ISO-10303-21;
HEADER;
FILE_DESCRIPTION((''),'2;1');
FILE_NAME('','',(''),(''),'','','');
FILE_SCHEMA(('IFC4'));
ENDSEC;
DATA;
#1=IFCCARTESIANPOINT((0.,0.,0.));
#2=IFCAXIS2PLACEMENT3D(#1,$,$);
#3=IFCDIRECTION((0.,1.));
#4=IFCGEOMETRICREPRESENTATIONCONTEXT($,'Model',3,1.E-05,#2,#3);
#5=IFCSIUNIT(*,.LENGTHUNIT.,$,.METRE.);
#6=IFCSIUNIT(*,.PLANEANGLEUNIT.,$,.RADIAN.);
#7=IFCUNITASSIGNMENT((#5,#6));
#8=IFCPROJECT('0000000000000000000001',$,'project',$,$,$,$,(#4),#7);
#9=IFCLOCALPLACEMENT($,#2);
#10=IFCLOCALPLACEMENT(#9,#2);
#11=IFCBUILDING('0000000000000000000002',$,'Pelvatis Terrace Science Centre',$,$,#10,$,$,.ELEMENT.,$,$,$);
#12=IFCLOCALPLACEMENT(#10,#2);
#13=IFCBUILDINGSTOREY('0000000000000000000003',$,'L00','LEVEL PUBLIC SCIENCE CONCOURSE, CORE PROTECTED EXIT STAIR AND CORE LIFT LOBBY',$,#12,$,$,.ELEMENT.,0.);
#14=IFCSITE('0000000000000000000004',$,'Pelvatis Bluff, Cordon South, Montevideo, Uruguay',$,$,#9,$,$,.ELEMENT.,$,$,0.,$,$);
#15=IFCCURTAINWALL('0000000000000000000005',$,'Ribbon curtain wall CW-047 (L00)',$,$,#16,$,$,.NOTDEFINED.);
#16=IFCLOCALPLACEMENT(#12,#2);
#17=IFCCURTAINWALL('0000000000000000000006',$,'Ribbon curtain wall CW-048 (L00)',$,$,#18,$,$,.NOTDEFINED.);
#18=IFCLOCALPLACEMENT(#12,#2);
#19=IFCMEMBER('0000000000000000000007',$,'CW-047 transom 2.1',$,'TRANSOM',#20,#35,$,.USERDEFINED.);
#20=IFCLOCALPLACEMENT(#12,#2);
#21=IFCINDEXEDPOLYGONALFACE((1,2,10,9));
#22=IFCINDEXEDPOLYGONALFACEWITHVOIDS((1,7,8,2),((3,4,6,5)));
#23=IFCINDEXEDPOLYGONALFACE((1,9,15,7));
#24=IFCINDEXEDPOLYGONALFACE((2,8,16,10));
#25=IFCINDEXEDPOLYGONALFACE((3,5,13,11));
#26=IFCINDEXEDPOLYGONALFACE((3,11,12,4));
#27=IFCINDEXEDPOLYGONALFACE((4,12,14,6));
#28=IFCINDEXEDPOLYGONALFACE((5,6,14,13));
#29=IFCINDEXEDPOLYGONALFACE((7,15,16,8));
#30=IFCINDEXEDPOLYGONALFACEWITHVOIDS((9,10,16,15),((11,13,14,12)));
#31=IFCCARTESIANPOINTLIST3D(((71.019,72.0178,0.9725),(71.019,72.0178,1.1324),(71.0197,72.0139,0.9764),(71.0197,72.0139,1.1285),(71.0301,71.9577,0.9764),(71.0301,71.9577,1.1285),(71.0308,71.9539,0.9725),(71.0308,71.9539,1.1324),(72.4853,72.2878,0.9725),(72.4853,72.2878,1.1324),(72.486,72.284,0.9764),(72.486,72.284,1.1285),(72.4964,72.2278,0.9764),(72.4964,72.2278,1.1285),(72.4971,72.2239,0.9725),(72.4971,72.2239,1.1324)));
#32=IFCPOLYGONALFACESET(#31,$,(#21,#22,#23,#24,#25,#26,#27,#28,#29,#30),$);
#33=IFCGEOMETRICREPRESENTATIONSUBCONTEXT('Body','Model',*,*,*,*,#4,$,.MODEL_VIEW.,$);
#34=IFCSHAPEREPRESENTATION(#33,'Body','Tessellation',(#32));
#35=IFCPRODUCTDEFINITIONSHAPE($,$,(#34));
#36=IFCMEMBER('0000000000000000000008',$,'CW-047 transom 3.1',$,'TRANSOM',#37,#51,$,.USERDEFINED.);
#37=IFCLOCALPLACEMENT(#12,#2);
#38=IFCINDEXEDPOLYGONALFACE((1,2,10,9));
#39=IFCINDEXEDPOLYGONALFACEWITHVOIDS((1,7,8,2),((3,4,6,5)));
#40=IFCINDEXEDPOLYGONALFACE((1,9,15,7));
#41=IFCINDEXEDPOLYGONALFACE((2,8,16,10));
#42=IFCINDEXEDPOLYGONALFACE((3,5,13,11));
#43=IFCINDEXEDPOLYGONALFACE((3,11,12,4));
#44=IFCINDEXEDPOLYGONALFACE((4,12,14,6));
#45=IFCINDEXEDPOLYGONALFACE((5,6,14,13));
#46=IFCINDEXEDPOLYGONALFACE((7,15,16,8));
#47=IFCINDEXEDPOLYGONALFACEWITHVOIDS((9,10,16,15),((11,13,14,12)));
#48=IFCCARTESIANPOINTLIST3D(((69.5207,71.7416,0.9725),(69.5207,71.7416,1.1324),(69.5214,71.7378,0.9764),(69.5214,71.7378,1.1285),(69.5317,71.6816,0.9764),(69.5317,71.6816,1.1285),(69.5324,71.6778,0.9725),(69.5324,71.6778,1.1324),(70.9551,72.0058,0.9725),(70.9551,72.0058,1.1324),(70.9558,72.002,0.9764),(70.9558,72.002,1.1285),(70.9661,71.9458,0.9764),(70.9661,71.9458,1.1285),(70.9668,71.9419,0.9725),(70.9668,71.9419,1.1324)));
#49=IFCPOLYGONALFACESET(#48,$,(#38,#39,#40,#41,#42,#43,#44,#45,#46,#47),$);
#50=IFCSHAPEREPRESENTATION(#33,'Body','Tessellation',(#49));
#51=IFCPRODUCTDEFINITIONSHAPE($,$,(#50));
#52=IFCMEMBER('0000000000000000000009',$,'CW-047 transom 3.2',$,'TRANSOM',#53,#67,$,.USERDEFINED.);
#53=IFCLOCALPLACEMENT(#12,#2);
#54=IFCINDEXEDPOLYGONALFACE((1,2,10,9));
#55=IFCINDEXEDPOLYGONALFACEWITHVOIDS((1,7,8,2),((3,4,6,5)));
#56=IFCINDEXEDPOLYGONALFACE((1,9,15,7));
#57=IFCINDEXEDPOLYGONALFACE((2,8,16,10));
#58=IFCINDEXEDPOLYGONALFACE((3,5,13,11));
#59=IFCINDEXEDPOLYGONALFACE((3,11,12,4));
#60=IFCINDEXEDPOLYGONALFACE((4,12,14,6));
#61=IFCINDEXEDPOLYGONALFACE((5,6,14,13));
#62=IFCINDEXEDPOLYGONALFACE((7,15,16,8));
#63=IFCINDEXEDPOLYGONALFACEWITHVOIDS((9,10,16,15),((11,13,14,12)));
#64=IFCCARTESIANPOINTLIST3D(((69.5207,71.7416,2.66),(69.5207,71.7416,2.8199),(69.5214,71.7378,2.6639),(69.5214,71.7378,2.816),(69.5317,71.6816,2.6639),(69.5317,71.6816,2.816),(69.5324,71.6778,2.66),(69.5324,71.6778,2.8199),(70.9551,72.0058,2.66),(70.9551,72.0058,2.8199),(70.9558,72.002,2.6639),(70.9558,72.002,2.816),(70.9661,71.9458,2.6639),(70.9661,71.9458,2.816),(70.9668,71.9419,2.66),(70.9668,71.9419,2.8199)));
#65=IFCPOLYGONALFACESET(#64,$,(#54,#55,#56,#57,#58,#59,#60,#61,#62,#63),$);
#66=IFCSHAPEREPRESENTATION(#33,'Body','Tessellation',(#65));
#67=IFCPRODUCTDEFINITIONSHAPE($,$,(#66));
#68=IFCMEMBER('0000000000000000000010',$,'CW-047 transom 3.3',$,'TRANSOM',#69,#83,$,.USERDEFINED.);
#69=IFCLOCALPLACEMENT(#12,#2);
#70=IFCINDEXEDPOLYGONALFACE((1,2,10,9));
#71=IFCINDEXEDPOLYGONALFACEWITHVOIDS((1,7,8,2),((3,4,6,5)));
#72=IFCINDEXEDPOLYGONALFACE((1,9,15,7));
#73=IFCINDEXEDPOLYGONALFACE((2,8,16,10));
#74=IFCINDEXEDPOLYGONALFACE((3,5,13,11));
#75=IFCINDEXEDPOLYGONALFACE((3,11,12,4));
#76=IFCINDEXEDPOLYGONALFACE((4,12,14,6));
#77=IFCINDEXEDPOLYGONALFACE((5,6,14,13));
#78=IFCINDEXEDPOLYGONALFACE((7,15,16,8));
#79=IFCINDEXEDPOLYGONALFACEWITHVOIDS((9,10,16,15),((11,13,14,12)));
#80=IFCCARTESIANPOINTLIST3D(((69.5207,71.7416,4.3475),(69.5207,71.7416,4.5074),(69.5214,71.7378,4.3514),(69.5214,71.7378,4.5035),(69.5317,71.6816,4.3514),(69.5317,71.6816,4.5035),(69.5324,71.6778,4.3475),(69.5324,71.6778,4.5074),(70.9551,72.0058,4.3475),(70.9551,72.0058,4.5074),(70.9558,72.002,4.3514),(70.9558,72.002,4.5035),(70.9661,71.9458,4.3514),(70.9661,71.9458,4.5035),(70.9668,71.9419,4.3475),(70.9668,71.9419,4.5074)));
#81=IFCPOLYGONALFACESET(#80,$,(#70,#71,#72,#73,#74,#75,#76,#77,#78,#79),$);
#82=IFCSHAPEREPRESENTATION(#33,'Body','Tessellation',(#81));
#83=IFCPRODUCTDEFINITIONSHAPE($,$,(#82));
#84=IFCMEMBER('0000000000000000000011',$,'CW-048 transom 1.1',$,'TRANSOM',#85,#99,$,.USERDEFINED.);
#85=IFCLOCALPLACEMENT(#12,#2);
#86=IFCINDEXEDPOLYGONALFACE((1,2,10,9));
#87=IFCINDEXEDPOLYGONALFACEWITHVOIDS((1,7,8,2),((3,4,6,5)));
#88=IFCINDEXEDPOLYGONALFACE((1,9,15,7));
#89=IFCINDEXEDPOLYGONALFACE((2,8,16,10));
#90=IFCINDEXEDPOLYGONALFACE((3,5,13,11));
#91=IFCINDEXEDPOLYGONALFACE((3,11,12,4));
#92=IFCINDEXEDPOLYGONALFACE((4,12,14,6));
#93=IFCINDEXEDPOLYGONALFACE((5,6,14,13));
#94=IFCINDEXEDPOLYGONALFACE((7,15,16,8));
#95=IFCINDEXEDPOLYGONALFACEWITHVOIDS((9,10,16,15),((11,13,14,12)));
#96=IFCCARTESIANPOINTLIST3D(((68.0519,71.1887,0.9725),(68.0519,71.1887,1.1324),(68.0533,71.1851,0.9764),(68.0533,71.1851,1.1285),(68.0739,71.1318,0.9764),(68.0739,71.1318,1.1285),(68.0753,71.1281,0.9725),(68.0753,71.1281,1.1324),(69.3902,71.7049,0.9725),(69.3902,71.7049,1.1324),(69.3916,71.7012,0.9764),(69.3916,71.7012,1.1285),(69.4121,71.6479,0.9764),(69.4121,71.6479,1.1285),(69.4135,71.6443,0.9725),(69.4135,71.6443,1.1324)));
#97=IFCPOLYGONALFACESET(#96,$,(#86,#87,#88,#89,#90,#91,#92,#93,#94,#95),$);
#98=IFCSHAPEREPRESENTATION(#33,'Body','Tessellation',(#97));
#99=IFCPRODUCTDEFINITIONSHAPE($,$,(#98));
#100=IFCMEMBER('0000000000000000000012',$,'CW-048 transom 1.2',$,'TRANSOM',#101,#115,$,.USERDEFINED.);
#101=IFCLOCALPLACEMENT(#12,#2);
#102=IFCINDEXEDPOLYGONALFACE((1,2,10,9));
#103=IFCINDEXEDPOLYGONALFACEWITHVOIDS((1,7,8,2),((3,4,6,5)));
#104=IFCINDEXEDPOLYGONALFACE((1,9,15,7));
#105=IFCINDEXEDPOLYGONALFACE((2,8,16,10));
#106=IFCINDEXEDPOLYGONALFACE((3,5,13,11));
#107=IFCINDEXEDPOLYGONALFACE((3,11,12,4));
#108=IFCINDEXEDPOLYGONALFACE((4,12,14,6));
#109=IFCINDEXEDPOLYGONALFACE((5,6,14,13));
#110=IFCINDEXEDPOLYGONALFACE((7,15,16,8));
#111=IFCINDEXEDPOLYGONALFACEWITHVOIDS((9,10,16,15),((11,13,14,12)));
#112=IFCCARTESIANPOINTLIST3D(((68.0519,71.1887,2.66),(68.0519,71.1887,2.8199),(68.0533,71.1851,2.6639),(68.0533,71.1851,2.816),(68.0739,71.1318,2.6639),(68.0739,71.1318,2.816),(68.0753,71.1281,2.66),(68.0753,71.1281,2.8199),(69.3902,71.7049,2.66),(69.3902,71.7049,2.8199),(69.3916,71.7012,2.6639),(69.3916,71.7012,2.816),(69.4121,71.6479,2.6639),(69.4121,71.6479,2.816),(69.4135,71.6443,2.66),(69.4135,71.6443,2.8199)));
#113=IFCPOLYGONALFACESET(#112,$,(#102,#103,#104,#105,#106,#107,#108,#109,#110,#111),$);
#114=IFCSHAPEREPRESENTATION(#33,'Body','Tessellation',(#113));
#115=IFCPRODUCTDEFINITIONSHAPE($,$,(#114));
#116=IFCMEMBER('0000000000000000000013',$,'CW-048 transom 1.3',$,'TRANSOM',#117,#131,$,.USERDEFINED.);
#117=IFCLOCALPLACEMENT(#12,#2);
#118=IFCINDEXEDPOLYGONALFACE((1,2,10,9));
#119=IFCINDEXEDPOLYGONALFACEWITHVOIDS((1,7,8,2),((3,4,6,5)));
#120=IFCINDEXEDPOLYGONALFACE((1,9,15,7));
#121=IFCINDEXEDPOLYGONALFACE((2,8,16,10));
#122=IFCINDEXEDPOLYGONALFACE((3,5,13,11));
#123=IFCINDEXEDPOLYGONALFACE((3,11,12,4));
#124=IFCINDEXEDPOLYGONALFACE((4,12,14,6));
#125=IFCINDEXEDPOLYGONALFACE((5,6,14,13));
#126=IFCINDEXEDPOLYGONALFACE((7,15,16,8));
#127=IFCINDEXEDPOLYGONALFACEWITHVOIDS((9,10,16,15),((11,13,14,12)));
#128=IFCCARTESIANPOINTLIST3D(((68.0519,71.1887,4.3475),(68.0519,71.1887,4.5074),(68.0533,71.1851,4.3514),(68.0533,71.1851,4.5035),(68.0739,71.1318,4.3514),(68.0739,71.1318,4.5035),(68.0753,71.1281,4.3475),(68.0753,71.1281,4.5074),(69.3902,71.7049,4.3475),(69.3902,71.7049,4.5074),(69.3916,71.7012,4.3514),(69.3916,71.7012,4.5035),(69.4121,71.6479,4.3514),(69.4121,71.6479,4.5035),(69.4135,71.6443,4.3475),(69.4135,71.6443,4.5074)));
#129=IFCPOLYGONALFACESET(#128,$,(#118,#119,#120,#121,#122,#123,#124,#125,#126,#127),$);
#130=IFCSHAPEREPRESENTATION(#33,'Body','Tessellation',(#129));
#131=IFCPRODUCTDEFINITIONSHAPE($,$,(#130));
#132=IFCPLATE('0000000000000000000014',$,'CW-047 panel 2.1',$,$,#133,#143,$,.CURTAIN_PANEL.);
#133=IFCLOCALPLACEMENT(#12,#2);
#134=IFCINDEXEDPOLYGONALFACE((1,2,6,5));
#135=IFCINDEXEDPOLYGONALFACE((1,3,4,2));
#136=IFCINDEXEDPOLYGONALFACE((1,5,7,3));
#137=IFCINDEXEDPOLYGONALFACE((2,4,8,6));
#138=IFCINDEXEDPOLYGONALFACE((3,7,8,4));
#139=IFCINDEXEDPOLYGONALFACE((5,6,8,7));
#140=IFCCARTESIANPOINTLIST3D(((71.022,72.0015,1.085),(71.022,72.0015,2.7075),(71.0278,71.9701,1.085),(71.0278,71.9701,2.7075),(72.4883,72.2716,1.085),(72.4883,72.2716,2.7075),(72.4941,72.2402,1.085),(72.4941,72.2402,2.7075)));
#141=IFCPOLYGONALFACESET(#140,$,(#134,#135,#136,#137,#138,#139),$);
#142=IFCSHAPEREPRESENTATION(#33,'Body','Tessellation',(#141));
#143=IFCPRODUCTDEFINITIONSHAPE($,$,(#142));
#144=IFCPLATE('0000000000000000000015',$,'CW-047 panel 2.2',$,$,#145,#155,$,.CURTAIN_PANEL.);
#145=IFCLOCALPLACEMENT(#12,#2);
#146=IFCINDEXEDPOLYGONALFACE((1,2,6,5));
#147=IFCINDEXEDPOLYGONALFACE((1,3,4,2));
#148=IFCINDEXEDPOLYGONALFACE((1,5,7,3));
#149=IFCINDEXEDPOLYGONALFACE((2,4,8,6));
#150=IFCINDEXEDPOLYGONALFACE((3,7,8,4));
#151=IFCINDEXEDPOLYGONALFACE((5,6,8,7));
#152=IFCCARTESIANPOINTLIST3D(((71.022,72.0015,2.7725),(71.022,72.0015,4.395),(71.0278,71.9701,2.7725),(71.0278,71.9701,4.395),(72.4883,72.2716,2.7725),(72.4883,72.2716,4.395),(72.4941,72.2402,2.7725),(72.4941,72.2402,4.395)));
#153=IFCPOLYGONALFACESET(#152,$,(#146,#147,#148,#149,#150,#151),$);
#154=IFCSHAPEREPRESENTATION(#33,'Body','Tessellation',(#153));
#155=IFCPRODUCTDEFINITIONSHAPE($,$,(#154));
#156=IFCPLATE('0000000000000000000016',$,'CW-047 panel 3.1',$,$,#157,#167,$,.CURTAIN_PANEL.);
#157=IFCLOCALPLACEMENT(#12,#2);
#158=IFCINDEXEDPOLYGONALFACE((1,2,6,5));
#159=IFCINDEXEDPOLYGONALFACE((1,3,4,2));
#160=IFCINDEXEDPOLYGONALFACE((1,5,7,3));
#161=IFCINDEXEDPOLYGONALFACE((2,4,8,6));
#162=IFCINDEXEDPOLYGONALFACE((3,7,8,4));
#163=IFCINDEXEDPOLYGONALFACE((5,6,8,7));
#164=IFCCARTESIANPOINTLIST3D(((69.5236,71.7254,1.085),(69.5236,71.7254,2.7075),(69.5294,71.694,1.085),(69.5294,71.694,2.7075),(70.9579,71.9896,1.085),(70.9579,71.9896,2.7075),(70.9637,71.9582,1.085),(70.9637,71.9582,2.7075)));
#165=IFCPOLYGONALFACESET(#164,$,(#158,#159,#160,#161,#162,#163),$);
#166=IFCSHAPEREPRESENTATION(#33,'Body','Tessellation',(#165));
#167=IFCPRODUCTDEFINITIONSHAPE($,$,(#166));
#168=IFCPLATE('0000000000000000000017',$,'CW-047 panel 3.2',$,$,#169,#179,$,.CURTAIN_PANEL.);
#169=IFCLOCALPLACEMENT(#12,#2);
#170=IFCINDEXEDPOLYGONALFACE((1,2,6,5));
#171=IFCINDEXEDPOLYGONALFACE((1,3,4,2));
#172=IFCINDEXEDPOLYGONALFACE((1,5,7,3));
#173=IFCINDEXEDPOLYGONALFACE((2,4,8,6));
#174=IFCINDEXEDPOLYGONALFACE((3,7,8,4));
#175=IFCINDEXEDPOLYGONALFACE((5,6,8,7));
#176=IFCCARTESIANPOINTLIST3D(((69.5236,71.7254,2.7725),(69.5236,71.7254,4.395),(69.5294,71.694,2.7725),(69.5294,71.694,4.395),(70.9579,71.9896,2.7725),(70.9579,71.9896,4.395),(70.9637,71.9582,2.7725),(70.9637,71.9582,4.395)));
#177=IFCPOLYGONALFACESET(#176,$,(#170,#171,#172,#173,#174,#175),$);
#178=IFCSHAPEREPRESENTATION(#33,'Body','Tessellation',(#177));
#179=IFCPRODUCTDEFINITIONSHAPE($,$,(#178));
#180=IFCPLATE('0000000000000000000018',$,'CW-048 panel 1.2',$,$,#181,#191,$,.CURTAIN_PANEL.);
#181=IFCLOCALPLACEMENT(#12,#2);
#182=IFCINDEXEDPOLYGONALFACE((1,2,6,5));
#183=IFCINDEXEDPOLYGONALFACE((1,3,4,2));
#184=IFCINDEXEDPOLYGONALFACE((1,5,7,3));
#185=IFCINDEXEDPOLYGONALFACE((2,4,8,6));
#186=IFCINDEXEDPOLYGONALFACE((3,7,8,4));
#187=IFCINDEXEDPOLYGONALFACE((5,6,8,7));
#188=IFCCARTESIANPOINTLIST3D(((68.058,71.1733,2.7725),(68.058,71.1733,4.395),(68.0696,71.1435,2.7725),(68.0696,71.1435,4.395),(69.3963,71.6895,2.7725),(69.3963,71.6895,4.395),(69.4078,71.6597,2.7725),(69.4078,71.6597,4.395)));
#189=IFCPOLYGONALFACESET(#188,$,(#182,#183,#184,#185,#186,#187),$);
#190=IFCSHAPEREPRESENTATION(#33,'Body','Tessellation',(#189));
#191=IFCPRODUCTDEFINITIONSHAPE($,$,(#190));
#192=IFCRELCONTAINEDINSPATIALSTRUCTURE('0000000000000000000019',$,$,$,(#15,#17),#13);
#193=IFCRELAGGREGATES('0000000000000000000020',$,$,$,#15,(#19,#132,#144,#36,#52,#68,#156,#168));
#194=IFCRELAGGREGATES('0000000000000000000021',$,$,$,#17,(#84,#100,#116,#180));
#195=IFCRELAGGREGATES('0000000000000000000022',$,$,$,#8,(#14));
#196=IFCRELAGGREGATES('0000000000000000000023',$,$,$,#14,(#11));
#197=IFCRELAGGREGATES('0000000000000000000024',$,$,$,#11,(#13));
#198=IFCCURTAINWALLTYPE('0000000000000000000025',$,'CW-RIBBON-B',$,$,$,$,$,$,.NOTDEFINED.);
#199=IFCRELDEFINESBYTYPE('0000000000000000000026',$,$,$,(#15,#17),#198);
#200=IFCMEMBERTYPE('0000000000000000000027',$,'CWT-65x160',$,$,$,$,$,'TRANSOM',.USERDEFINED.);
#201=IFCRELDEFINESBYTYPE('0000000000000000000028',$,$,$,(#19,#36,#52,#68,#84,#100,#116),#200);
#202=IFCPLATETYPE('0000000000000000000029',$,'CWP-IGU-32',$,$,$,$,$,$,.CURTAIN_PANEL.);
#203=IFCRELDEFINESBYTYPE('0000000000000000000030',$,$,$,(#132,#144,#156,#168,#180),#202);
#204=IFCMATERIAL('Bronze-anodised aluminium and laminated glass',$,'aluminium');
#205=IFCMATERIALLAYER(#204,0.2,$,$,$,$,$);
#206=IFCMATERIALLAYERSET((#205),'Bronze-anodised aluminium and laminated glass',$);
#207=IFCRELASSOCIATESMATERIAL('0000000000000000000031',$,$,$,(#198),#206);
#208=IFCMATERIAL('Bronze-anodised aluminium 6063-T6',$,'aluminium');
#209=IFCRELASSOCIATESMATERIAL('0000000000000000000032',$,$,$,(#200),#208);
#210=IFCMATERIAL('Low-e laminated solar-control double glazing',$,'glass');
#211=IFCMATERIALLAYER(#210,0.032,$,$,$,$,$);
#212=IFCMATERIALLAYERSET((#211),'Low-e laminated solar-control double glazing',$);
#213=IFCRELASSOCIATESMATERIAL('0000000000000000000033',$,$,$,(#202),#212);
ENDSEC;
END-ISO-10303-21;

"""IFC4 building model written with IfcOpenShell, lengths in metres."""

from ifc_helpers import new_model, si_unit, direction, frame, origin, origin_2d, place, context, subcontext, project, spatial, rectangle, hollow_rectangle, extrude, material, layer, layer_set, material_profile, profile_set, type_object, element, aggregate, save


model = new_model("IFC4")

# Units and contexts
model_context = context("Model", 3, precision=1e-05, world=origin(), true_north=direction((0.0, 1.0)))
body_context = subcontext(model_context, "Body", "Model", "MODEL_VIEW")
ifc_project = project(units=[si_unit("LENGTHUNIT", "METRE"), si_unit("PLANEANGLEUNIT", "RADIAN")], contexts=[model_context])

# Site, building, storey
site_placement = place(None, origin())
site = spatial("IfcSite", under=ifc_project, at=site_placement, Name="Pelvatis Bluff, Cordon South, Montevideo, Uruguay", CompositionType="ELEMENT", RefElevation=0.0)
building_placement = place(site_placement, origin())
building = spatial("IfcBuilding", under=site, at=building_placement, Name="Pelvatis Terrace Science Centre", CompositionType="ELEMENT")
storey_placement = place(building_placement, origin())
storey = spatial("IfcBuildingStorey", under=building, at=storey_placement, Name="L00", Description="LEVEL PUBLIC SCIENCE CONCOURSE, CORE PROTECTED EXIT STAIR AND CORE LIFT LOBBY", CompositionType="ELEMENT", Elevation=0.0)

# Curtain wall
ifc_material_1 = material(Name="Bronze-anodised aluminium and laminated glass", Category="aluminium")
ifc_layer_1 = layer(ifc_material_1, 0.2)
ifc_layer_set_1 = layer_set([ifc_layer_1], Name="Bronze-anodised aluminium and laminated glass")
curtain_wall_type = type_object("IfcCurtainWallType", Name="CW-RIBBON-B", PredefinedType="NOTDEFINED", material=ifc_layer_set_1)
curtain_wall_1_placement = place(storey_placement, origin())
curtain_wall_1 = element("IfcCurtainWall", 1, at=curtain_wall_1_placement, inside=storey, type_object=curtain_wall_type, Name="Ribbon curtain wall CW-047 (L00)", PredefinedType="NOTDEFINED")

# Curtain wall
curtain_wall_2_placement = place(storey_placement, origin())
curtain_wall_2 = element("IfcCurtainWall", 2, at=curtain_wall_2_placement, inside=storey, type_object=curtain_wall_type, Name="Ribbon curtain wall CW-048 (L00)", PredefinedType="NOTDEFINED")

# Members
ifc_material_2 = material(Name="Bronze-anodised aluminium 6063-T6", Category="aluminium")
ifc_material_profile_1 = material_profile(ifc_material_2, hollow_rectangle(XDim=0.0649, YDim=0.1599, WallThickness=0.0039, at=origin_2d()), Name="ALU-TRN 65x160")
ifc_profile_set_1 = profile_set([ifc_material_profile_1], Name="Bronze-anodised aluminium 6063-T6")
member_type_1 = type_object("IfcMemberType", Name="CWT-65x160", ElementType="TRANSOM", PredefinedType="USERDEFINED", material=ifc_profile_set_1)
member_1_placement = place(storey_placement, frame((72.4912, 72.2559, 1.0525), z_axis=(-0.983464, -0.181104, 0.0), x_axis=(0.181104, -0.983464, 0.0)))
member_1 = element("IfcMember", 3, at=member_1_placement, type_object=member_type_1, Name="CW-047 transom 2.1", ObjectType="TRANSOM", PredefinedType="USERDEFINED", context=body_context, shape_type="SweptSolid", body=[
    extrude(hollow_rectangle(XDim=0.0649, YDim=0.1599, WallThickness=0.0039, at=origin_2d()), origin(), (0.0, 0.0, 1.0), 1.491),
])
member_2_placement = place(storey_placement, frame((70.9609, 71.9739, 1.0525), z_axis=(-0.98346, -0.181124, 0.0), x_axis=(0.181124, -0.98346, 0.0)))
member_2 = element("IfcMember", 4, at=member_2_placement, type_object=member_type_1, Name="CW-047 transom 3.1", ObjectType="TRANSOM", PredefinedType="USERDEFINED", context=body_context, shape_type="SweptSolid", body=[
    extrude(hollow_rectangle(XDim=0.0649, YDim=0.1599, WallThickness=0.0039, at=origin_2d()), origin(), (0.0, 0.0, 1.0), 1.4585),
])
member_3_placement = place(storey_placement, frame((70.9609, 71.9739, 2.74), z_axis=(-0.98346, -0.181124, 0.0), x_axis=(0.181124, -0.98346, 0.0)))
member_3 = element("IfcMember", 5, at=member_3_placement, type_object=member_type_1, Name="CW-047 transom 3.2", ObjectType="TRANSOM", PredefinedType="USERDEFINED", context=body_context, shape_type="SweptSolid", body=[
    extrude(hollow_rectangle(XDim=0.0649, YDim=0.1599, WallThickness=0.0039, at=origin_2d()), origin(), (0.0, 0.0, 1.0), 1.4585),
])
member_4_placement = place(storey_placement, frame((70.9609, 71.9739, 4.4275), z_axis=(-0.98346, -0.181124, 0.0), x_axis=(0.181124, -0.98346, 0.0)))
member_4 = element("IfcMember", 6, at=member_4_placement, type_object=member_type_1, Name="CW-047 transom 3.3", ObjectType="TRANSOM", PredefinedType="USERDEFINED", context=body_context, shape_type="SweptSolid", body=[
    extrude(hollow_rectangle(XDim=0.0649, YDim=0.1599, WallThickness=0.0039, at=origin_2d()), origin(), (0.0, 0.0, 1.0), 1.4585),
])
member_5_placement = place(storey_placement, frame((69.4019, 71.6746, 1.0525), z_axis=(-0.933007, -0.359857, 0.0), x_axis=(0.359857, -0.933007, 0.0)))
member_5 = element("IfcMember", 7, at=member_5_placement, type_object=member_type_1, Name="CW-048 transom 1.1", ObjectType="TRANSOM", PredefinedType="USERDEFINED", context=body_context, shape_type="SweptSolid", body=[
    extrude(hollow_rectangle(XDim=0.0649, YDim=0.1599, WallThickness=0.0039, at=origin_2d()), origin(), (0.0, 0.0, 1.0), 1.4343),
])
member_6_placement = place(storey_placement, frame((69.4019, 71.6746, 2.74), z_axis=(-0.933007, -0.359857, 0.0), x_axis=(0.359857, -0.933007, 0.0)))
member_6 = element("IfcMember", 8, at=member_6_placement, type_object=member_type_1, Name="CW-048 transom 1.2", ObjectType="TRANSOM", PredefinedType="USERDEFINED", context=body_context, shape_type="SweptSolid", body=[
    extrude(hollow_rectangle(XDim=0.0649, YDim=0.1599, WallThickness=0.0039, at=origin_2d()), origin(), (0.0, 0.0, 1.0), 1.4343),
])
member_7_placement = place(storey_placement, frame((69.4019, 71.6746, 4.4275), z_axis=(-0.933007, -0.359857, 0.0), x_axis=(0.359857, -0.933007, 0.0)))
member_7 = element("IfcMember", 9, at=member_7_placement, type_object=member_type_1, Name="CW-048 transom 1.3", ObjectType="TRANSOM", PredefinedType="USERDEFINED", context=body_context, shape_type="SweptSolid", body=[
    extrude(hollow_rectangle(XDim=0.0649, YDim=0.1599, WallThickness=0.0039, at=origin_2d()), origin(), (0.0, 0.0, 1.0), 1.4343),
])

# Plates
ifc_material_3 = material(Name="Low-e laminated solar-control double glazing", Category="glass")
ifc_layer_2 = layer(ifc_material_3, 0.032)
ifc_layer_set_2 = layer_set([ifc_layer_2], Name="Low-e laminated solar-control double glazing")
plate_type = type_object("IfcPlateType", Name="CWP-IGU-32", PredefinedType="CURTAIN_PANEL", material=ifc_layer_set_2)
plate_1_placement = place(storey_placement, frame((71.7581, 72.1208, 1.085), z_axis=(0.0, 0.0, 1.0), x_axis=(-0.983459, -0.18113, 0.0)))
plate_1 = element("IfcPlate", 10, at=plate_1_placement, type_object=plate_type, Name="CW-047 panel 2.1", PredefinedType="CURTAIN_PANEL", context=body_context, shape_type="SweptSolid", body=[
    extrude(rectangle(XDim=1.491, YDim=0.032, at=origin_2d()), origin(), (0.0, 0.0, 1.0), 1.6226),
])
plate_2_placement = place(storey_placement, frame((71.7581, 72.1208, 2.7725), z_axis=(0.0, 0.0, 1.0), x_axis=(-0.983459, -0.18113, 0.0)))
plate_2 = element("IfcPlate", 11, at=plate_2_placement, type_object=plate_type, Name="CW-047 panel 2.2", PredefinedType="CURTAIN_PANEL", context=body_context, shape_type="SweptSolid", body=[
    extrude(rectangle(XDim=1.491, YDim=0.032, at=origin_2d()), origin(), (0.0, 0.0, 1.0), 1.6226),
])
plate_3_placement = place(storey_placement, frame((70.2437, 71.8418, 1.085), z_axis=(0.0, 0.0, 1.0), x_axis=(-0.983459, -0.18113, 0.0)))
plate_3 = element("IfcPlate", 12, at=plate_3_placement, type_object=plate_type, Name="CW-047 panel 3.1", PredefinedType="CURTAIN_PANEL", context=body_context, shape_type="SweptSolid", body=[
    extrude(rectangle(XDim=1.4585, YDim=0.032, at=origin_2d()), origin(), (0.0, 0.0, 1.0), 1.6226),
])
plate_4_placement = place(storey_placement, frame((70.2437, 71.8418, 2.7725), z_axis=(0.0, 0.0, 1.0), x_axis=(-0.983459, -0.18113, 0.0)))
plate_4 = element("IfcPlate", 13, at=plate_4_placement, type_object=plate_type, Name="CW-047 panel 3.2", PredefinedType="CURTAIN_PANEL", context=body_context, shape_type="SweptSolid", body=[
    extrude(rectangle(XDim=1.4585, YDim=0.032, at=origin_2d()), origin(), (0.0, 0.0, 1.0), 1.6226),
])
aggregate(curtain_wall_1, [member_1, plate_1, plate_2, member_2, member_3, member_4, plate_3, plate_4])
plate_5_placement = place(storey_placement, frame((68.7329, 71.4165, 2.7725), z_axis=(0.0, 0.0, 1.0), x_axis=(-0.933001, -0.359874, 0.0)))
plate_5 = element("IfcPlate", 14, at=plate_5_placement, type_object=plate_type, Name="CW-048 panel 1.2", PredefinedType="CURTAIN_PANEL", context=body_context, shape_type="SweptSolid", body=[
    extrude(rectangle(XDim=1.4343, YDim=0.032, at=origin_2d()), origin(), (0.0, 0.0, 1.0), 1.6226),
])
aggregate(curtain_wall_2, [member_5, member_6, member_7, plate_5])

save(model, "model.ifc")
